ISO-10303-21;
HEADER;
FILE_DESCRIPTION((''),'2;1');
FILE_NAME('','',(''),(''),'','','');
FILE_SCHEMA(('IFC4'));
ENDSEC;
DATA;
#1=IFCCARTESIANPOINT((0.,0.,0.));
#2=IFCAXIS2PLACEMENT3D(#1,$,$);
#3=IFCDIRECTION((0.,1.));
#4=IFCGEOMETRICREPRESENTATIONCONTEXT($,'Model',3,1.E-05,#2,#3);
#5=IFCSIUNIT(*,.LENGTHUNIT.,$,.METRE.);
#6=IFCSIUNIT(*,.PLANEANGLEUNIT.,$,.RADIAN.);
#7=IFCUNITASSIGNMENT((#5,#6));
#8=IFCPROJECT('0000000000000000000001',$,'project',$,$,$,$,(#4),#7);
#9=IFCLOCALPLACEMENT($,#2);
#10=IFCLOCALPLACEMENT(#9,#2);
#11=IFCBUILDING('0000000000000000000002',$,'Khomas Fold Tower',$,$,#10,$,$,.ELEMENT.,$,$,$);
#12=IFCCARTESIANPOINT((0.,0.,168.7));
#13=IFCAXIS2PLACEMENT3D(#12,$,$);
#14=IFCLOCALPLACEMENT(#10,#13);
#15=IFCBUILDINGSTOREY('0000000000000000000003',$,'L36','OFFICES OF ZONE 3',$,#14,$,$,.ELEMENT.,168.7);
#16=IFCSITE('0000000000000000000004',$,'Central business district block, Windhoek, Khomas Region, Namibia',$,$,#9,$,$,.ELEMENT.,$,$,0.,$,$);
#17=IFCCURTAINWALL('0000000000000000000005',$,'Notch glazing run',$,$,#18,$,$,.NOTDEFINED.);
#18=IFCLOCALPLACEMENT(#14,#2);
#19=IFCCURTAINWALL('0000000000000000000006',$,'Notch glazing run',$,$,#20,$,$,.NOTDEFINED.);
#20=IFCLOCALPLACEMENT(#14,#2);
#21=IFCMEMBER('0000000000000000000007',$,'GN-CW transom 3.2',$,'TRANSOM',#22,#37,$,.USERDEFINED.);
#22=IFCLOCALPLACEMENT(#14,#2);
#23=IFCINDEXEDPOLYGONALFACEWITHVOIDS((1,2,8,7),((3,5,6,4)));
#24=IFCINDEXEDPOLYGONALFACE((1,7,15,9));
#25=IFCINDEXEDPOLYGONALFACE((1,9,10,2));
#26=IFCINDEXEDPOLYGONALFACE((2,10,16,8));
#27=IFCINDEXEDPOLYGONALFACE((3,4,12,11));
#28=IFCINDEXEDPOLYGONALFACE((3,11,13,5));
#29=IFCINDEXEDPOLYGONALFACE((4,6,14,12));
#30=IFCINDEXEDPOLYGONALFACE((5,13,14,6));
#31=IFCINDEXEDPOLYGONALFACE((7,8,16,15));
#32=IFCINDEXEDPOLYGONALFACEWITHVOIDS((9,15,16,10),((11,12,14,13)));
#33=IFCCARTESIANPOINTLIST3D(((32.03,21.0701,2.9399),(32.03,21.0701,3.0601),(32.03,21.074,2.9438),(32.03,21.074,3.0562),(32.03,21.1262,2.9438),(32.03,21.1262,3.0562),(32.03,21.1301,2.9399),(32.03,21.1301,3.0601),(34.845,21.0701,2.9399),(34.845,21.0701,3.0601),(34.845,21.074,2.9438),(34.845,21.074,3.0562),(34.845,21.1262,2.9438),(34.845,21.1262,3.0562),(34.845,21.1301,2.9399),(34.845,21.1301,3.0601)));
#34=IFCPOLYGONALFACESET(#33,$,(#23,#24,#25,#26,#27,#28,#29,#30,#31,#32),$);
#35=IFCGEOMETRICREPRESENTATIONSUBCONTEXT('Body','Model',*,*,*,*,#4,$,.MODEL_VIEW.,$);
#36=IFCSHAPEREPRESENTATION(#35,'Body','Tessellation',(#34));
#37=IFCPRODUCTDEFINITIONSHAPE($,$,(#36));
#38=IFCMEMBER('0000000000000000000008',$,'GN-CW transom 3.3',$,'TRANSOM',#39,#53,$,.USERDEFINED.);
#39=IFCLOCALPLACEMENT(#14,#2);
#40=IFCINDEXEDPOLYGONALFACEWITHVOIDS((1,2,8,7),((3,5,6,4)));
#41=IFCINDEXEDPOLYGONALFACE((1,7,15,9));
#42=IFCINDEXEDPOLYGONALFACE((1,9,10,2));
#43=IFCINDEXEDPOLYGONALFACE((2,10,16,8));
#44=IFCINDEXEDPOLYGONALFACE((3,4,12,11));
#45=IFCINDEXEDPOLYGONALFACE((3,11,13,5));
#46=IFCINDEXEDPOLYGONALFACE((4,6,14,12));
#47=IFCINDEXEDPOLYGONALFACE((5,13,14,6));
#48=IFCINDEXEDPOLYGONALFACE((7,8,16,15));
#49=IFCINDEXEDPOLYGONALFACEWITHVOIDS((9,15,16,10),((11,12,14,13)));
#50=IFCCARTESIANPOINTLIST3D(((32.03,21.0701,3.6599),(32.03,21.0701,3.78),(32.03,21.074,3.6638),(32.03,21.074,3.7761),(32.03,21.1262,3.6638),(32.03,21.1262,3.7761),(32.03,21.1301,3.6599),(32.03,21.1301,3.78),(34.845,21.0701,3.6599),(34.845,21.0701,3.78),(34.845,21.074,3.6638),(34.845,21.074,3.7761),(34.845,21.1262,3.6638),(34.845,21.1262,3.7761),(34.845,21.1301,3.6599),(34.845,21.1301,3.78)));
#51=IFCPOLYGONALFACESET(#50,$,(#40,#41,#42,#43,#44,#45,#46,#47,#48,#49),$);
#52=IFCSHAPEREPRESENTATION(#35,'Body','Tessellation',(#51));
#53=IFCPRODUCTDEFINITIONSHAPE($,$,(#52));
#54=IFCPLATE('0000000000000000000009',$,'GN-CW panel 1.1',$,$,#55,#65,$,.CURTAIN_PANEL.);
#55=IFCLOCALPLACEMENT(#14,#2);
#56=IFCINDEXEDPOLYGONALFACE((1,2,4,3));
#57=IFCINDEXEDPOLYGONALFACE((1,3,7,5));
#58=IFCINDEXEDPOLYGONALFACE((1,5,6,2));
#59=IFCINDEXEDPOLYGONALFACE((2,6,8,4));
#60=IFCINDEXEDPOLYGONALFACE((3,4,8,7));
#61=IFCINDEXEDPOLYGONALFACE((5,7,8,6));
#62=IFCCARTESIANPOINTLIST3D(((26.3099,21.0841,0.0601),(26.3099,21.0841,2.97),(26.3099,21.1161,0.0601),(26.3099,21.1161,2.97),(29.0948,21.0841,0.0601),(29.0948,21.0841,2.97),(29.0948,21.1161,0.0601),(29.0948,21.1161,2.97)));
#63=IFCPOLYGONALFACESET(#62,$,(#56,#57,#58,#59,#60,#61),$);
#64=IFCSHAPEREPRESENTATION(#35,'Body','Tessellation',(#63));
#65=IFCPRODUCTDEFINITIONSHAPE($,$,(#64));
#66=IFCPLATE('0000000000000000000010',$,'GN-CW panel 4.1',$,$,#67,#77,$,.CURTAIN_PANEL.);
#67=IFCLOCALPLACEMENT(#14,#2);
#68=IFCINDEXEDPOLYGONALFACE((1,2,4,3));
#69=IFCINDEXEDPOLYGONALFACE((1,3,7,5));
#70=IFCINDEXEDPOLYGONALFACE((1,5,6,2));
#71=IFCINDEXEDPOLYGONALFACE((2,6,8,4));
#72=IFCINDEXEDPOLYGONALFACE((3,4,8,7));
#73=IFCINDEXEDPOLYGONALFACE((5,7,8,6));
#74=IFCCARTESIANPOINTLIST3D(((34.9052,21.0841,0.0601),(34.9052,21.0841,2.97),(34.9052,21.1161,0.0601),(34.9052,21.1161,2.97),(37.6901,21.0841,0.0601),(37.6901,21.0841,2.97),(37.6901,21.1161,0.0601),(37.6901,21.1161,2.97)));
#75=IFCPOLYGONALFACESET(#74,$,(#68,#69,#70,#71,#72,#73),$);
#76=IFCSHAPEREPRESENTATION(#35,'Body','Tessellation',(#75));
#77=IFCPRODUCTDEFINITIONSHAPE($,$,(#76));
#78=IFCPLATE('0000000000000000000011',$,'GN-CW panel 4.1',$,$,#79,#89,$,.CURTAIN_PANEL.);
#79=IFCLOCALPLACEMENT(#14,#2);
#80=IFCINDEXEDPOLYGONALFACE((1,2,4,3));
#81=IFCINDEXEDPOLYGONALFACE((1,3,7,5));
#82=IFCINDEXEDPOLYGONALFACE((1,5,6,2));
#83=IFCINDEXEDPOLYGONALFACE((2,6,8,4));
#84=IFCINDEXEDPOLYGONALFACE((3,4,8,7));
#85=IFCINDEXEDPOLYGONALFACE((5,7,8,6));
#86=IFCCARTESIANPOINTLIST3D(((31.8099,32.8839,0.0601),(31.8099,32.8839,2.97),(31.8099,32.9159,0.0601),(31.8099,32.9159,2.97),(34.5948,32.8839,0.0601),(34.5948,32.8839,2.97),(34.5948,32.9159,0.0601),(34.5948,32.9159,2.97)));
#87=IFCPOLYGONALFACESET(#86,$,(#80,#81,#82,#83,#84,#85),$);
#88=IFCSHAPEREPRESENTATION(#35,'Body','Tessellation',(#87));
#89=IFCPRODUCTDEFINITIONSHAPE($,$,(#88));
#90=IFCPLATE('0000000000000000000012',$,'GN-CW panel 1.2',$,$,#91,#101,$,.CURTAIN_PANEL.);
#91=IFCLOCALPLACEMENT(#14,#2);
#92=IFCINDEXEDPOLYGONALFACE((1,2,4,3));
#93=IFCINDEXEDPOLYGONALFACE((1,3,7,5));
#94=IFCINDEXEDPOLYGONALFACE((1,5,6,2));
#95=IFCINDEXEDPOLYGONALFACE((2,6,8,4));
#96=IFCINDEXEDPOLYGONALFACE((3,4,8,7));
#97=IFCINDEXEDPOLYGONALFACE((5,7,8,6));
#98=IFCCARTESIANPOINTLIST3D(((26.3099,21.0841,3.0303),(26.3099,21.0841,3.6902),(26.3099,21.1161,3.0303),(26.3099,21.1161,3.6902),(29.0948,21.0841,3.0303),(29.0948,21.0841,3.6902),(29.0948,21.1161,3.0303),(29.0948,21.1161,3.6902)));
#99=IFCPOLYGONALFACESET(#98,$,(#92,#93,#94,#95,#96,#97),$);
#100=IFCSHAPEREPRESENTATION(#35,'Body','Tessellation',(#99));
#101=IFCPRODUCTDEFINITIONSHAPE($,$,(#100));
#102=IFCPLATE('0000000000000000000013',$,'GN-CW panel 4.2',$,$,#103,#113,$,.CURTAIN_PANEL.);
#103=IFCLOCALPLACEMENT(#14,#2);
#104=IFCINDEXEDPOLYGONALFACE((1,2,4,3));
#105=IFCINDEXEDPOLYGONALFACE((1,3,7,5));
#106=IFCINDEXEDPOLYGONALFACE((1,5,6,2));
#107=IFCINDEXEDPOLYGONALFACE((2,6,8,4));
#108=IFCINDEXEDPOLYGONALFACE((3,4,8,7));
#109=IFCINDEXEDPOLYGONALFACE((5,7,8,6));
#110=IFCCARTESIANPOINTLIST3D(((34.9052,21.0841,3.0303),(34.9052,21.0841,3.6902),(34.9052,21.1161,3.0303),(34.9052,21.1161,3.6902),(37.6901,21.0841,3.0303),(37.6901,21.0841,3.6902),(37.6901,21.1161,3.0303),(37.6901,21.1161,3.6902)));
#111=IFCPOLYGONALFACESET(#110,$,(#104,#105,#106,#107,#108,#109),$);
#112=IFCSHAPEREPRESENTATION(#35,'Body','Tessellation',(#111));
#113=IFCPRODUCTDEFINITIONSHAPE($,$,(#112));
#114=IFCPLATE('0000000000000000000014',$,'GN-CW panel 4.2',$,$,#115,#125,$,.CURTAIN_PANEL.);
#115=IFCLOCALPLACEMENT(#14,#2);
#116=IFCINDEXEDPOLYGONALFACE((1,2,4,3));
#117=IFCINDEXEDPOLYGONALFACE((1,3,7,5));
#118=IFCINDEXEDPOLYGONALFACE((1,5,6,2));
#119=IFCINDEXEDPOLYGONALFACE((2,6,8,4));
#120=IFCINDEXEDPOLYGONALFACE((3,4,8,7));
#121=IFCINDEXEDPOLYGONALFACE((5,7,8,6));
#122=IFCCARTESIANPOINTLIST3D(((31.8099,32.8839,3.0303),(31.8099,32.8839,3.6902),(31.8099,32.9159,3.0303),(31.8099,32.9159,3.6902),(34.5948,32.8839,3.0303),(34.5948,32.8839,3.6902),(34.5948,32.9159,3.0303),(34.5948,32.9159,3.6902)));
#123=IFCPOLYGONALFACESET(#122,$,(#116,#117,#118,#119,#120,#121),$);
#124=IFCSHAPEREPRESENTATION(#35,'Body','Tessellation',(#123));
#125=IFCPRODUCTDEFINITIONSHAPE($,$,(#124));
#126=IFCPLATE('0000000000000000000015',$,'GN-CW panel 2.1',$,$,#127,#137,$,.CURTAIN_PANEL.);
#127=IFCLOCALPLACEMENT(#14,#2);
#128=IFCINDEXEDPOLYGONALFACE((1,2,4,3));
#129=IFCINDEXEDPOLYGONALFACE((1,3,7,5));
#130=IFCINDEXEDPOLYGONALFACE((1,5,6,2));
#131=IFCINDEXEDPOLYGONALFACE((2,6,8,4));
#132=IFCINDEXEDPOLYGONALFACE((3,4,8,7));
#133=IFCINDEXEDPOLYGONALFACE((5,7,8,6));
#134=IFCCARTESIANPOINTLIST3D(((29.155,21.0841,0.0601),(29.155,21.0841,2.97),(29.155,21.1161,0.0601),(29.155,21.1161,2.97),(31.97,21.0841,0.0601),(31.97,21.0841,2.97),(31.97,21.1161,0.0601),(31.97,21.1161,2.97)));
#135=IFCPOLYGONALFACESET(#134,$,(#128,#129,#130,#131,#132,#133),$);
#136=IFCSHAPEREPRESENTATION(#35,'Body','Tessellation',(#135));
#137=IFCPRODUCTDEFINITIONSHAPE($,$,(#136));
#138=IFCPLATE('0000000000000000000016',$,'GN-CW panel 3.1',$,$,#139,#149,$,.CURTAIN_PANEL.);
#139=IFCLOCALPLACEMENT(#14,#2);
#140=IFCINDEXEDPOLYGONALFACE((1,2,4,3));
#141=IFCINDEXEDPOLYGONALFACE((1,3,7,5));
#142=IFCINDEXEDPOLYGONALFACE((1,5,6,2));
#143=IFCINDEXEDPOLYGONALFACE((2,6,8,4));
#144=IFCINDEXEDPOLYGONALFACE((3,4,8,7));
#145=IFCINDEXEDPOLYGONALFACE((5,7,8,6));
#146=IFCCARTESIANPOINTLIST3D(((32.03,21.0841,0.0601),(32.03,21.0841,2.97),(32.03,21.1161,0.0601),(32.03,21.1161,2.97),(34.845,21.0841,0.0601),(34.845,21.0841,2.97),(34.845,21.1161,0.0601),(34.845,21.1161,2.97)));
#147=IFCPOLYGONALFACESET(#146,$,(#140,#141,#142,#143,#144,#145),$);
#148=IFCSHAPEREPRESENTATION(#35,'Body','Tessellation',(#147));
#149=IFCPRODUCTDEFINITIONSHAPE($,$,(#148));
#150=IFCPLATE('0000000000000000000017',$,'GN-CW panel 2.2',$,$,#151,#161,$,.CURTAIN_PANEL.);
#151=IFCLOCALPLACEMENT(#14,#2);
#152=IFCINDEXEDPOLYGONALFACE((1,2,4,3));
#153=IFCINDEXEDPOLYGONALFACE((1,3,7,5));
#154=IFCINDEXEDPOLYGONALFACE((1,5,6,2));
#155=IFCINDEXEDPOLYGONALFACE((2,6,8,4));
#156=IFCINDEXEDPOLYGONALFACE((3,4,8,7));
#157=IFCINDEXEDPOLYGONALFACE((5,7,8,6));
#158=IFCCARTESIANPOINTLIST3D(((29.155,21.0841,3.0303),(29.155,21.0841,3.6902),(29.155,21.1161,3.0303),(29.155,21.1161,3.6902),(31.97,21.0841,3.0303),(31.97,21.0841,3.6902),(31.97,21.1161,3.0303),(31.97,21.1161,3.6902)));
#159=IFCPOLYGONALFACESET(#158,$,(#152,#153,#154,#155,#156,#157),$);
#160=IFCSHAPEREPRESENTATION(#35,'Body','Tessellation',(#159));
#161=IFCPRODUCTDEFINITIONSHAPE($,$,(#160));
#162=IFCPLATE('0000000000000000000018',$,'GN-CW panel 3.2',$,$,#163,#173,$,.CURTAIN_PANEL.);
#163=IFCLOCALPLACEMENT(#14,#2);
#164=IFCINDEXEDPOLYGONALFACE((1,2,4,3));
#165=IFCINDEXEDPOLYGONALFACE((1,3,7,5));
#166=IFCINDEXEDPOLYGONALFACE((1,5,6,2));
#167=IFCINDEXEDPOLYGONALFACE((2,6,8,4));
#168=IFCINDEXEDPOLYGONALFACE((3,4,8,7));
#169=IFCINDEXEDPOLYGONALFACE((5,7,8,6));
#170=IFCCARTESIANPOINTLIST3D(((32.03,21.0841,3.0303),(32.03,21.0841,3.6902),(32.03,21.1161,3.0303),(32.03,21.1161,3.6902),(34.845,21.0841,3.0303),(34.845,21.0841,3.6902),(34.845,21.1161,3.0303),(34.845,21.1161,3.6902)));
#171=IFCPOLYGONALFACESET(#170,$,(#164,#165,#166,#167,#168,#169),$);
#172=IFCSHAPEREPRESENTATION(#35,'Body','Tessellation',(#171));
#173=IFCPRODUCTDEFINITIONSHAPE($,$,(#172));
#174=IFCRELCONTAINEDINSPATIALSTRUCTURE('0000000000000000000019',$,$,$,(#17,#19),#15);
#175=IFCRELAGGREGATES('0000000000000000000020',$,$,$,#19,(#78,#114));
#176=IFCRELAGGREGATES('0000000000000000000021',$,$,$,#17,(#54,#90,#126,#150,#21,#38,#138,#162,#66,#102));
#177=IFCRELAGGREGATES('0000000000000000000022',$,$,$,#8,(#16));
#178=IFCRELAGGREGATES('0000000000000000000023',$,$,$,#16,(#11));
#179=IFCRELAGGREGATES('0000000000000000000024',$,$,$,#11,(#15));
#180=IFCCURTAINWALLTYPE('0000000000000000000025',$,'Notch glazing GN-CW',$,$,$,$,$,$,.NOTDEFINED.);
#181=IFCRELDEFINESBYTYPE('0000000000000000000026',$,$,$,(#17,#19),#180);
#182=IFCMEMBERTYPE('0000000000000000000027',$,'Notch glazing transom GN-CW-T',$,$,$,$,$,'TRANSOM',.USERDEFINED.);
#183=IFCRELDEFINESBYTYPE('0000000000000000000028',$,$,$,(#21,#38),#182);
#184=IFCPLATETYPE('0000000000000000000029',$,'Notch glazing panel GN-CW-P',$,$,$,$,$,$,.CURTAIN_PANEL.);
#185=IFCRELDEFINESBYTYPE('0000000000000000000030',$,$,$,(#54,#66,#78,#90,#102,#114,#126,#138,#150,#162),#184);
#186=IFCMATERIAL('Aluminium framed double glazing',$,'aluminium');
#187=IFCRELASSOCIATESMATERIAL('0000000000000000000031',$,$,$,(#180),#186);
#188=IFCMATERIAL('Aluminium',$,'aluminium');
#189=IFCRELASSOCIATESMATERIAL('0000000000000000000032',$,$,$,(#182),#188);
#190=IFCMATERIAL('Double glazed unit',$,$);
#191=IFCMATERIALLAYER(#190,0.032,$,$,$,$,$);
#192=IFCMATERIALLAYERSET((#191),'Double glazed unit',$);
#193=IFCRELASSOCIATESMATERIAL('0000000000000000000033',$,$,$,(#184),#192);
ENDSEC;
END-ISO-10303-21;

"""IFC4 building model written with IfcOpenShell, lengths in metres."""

from ifc_helpers import new_model, si_unit, direction, frame, origin, origin_2d, place, context, subcontext, project, spatial, rectangle, hollow_rectangle, extrude, source, transform, mapped, material, layer, layer_set, material_profile, profile_set, type_object, element, aggregate, save


model = new_model("IFC4")

# Units and contexts
model_context = context("Model", 3, precision=1e-05, world=origin(), true_north=direction((0.0, 1.0)))
body_context = subcontext(model_context, "Body", "Model", "MODEL_VIEW")
ifc_project = project(units=[si_unit("LENGTHUNIT", "METRE"), si_unit("PLANEANGLEUNIT", "RADIAN")], contexts=[model_context])

# Site, building, storey
site_placement = place(None, origin())
site = spatial("IfcSite", under=ifc_project, at=site_placement, Name="Central business district block, Windhoek, Khomas Region, Namibia", CompositionType="ELEMENT", RefElevation=0.0)
building_placement = place(site_placement, origin())
building = spatial("IfcBuilding", under=site, at=building_placement, Name="Khomas Fold Tower", CompositionType="ELEMENT")
storey_placement = place(building_placement, frame((0.0, 0.0, 168.7)))
storey = spatial("IfcBuildingStorey", under=building, at=storey_placement, Name="L36", Description="OFFICES OF ZONE 3", CompositionType="ELEMENT", Elevation=168.7)

# Curtain walls
ifc_material_1 = material(Name="Aluminium framed double glazing", Category="aluminium")
curtain_wall_type = type_object("IfcCurtainWallType", Name="Notch glazing GN-CW", PredefinedType="NOTDEFINED", material=ifc_material_1)
curtain_wall_1_placement = place(storey_placement, origin())
curtain_wall_1 = element("IfcCurtainWall", 1, at=curtain_wall_1_placement, inside=storey, type_object=curtain_wall_type, Name="Notch glazing run", PredefinedType="NOTDEFINED")
curtain_wall_2_placement = place(storey_placement, origin())
curtain_wall_2 = element("IfcCurtainWall", 2, at=curtain_wall_2_placement, inside=storey, type_object=curtain_wall_type, Name="Notch glazing run", PredefinedType="NOTDEFINED")

# Members
ifc_material_2 = material(Name="Aluminium", Category="aluminium")
ifc_material_profile_1 = material_profile(ifc_material_2, hollow_rectangle(XDim=0.0601, YDim=0.1201, WallThickness=0.0039, at=origin_2d()), Name="Notch glazing transom GN-CW-T")
ifc_profile_set_1 = profile_set([ifc_material_profile_1], Name="Aluminium")
member_type_1 = type_object("IfcMemberType", Name="Notch glazing transom GN-CW-T", ElementType="TRANSOM", PredefinedType="USERDEFINED", material=ifc_profile_set_1)
shared_shape_1 = source(origin(), body_context, "Body", "SweptSolid", [
    extrude(hollow_rectangle(XDim=0.0601, YDim=0.1201, WallThickness=0.0039, at=origin_2d()), origin(), (0.0, 0.0, 1.0), 2.8149),
])
member_1_placement = place(storey_placement, frame((32.03, 21.1001, 3.0), z_axis=(1.0, 0.0, 0.0), x_axis=(0.0, 1.0, 0.0)))
member_1 = element("IfcMember", 3, at=member_1_placement, type_object=member_type_1, Name="GN-CW transom 3.2", ObjectType="TRANSOM", PredefinedType="USERDEFINED", context=body_context, shape_type="MappedRepresentation", body=[
    mapped(shared_shape_1, transform((0.0, 0.0, 0.0))),
])
member_2_placement = place(storey_placement, frame((32.03, 21.1001, 3.72), z_axis=(1.0, 0.0, 0.0), x_axis=(0.0, 1.0, 0.0)))
member_2 = element("IfcMember", 4, at=member_2_placement, type_object=member_type_1, Name="GN-CW transom 3.3", ObjectType="TRANSOM", PredefinedType="USERDEFINED", context=body_context, shape_type="MappedRepresentation", body=[
    mapped(shared_shape_1, transform((0.0, 0.0, 0.0))),
])

# Plates
ifc_material_3 = material(Name="Double glazed unit")
ifc_layer = layer(ifc_material_3, 0.032)
ifc_layer_set = layer_set([ifc_layer], Name="Double glazed unit")
plate_type = type_object("IfcPlateType", Name="Notch glazing panel GN-CW-P", PredefinedType="CURTAIN_PANEL", material=ifc_layer_set)
shared_shape_2 = source(origin(), body_context, "Body", "SweptSolid", [
    extrude(rectangle(XDim=2.7849, YDim=0.032, at=origin_2d()), origin(), (0.0, 0.0, 1.0), 2.9099),
])
plate_1_placement = place(storey_placement, frame((27.7024, 21.1001, 0.0601), z_axis=(0.0, 0.0, 1.0), x_axis=(1.0, 0.0, 0.0)))
plate_1 = element("IfcPlate", 5, at=plate_1_placement, type_object=plate_type, Name="GN-CW panel 1.1", PredefinedType="CURTAIN_PANEL", context=body_context, shape_type="MappedRepresentation", body=[
    mapped(shared_shape_2, transform((0.0, 0.0, 0.0))),
])
plate_2_placement = place(storey_placement, frame((36.2976, 21.1001, 0.0601), z_axis=(0.0, 0.0, 1.0), x_axis=(1.0, 0.0, 0.0)))
plate_2 = element("IfcPlate", 6, at=plate_2_placement, type_object=plate_type, Name="GN-CW panel 4.1", PredefinedType="CURTAIN_PANEL", context=body_context, shape_type="MappedRepresentation", body=[
    mapped(shared_shape_2, transform((0.0, 0.0, 0.0))),
])
plate_3_placement = place(storey_placement, frame((33.2024, 32.8999, 0.0601), z_axis=(0.0, 0.0, 1.0), x_axis=(-1.0, 0.0, 0.0)))
plate_3 = element("IfcPlate", 7, at=plate_3_placement, type_object=plate_type, Name="GN-CW panel 4.1", PredefinedType="CURTAIN_PANEL", context=body_context, shape_type="MappedRepresentation", body=[
    mapped(shared_shape_2, transform((0.0, 0.0, 0.0))),
])
shared_shape_3 = source(origin(), body_context, "Body", "SweptSolid", [
    extrude(rectangle(XDim=2.7849, YDim=0.032, at=origin_2d()), origin(), (0.0, 0.0, 1.0), 0.6599),
])
plate_4_placement = place(storey_placement, frame((27.7024, 21.1001, 3.0303), z_axis=(0.0, 0.0, 1.0), x_axis=(1.0, 0.0, 0.0)))
plate_4 = element("IfcPlate", 8, at=plate_4_placement, type_object=plate_type, Name="GN-CW panel 1.2", PredefinedType="CURTAIN_PANEL", context=body_context, shape_type="MappedRepresentation", body=[
    mapped(shared_shape_3, transform((0.0, 0.0, 0.0))),
])
plate_5_placement = place(storey_placement, frame((36.2976, 21.1001, 3.0303), z_axis=(0.0, 0.0, 1.0), x_axis=(1.0, 0.0, 0.0)))
plate_5 = element("IfcPlate", 9, at=plate_5_placement, type_object=plate_type, Name="GN-CW panel 4.2", PredefinedType="CURTAIN_PANEL", context=body_context, shape_type="MappedRepresentation", body=[
    mapped(shared_shape_3, transform((0.0, 0.0, 0.0))),
])
plate_6_placement = place(storey_placement, frame((33.2024, 32.8999, 3.0303), z_axis=(0.0, 0.0, 1.0), x_axis=(-1.0, 0.0, 0.0)))
plate_6 = element("IfcPlate", 10, at=plate_6_placement, type_object=plate_type, Name="GN-CW panel 4.2", PredefinedType="CURTAIN_PANEL", context=body_context, shape_type="MappedRepresentation", body=[
    mapped(shared_shape_3, transform((0.0, 0.0, 0.0))),
])
aggregate(curtain_wall_2, [plate_3, plate_6])
shared_shape_4 = source(origin(), body_context, "Body", "SweptSolid", [
    extrude(rectangle(XDim=2.8149, YDim=0.032, at=origin_2d()), origin(), (0.0, 0.0, 1.0), 2.9099),
])
plate_7_placement = place(storey_placement, frame((30.5625, 21.1001, 0.0601), z_axis=(0.0, 0.0, 1.0), x_axis=(1.0, 0.0, 0.0)))
plate_7 = element("IfcPlate", 11, at=plate_7_placement, type_object=plate_type, Name="GN-CW panel 2.1", PredefinedType="CURTAIN_PANEL", context=body_context, shape_type="MappedRepresentation", body=[
    mapped(shared_shape_4, transform((0.0, 0.0, 0.0))),
])
plate_8_placement = place(storey_placement, frame((33.4375, 21.1001, 0.0601), z_axis=(0.0, 0.0, 1.0), x_axis=(1.0, 0.0, 0.0)))
plate_8 = element("IfcPlate", 12, at=plate_8_placement, type_object=plate_type, Name="GN-CW panel 3.1", PredefinedType="CURTAIN_PANEL", context=body_context, shape_type="MappedRepresentation", body=[
    mapped(shared_shape_4, transform((0.0, 0.0, 0.0))),
])
shared_shape_5 = source(origin(), body_context, "Body", "SweptSolid", [
    extrude(rectangle(XDim=2.8149, YDim=0.032, at=origin_2d()), origin(), (0.0, 0.0, 1.0), 0.6599),
])
plate_9_placement = place(storey_placement, frame((30.5625, 21.1001, 3.0303), z_axis=(0.0, 0.0, 1.0), x_axis=(1.0, 0.0, 0.0)))
plate_9 = element("IfcPlate", 13, at=plate_9_placement, type_object=plate_type, Name="GN-CW panel 2.2", PredefinedType="CURTAIN_PANEL", context=body_context, shape_type="MappedRepresentation", body=[
    mapped(shared_shape_5, transform((0.0, 0.0, 0.0))),
])
plate_10_placement = place(storey_placement, frame((33.4375, 21.1001, 3.0303), z_axis=(0.0, 0.0, 1.0), x_axis=(1.0, 0.0, 0.0)))
plate_10 = element("IfcPlate", 14, at=plate_10_placement, type_object=plate_type, Name="GN-CW panel 3.2", PredefinedType="CURTAIN_PANEL", context=body_context, shape_type="MappedRepresentation", body=[
    mapped(shared_shape_5, transform((0.0, 0.0, 0.0))),
])
aggregate(curtain_wall_1, [plate_1, plate_4, plate_7, plate_9, member_1, member_2, plate_8, plate_10, plate_2, plate_5])

save(model, "model.ifc")
